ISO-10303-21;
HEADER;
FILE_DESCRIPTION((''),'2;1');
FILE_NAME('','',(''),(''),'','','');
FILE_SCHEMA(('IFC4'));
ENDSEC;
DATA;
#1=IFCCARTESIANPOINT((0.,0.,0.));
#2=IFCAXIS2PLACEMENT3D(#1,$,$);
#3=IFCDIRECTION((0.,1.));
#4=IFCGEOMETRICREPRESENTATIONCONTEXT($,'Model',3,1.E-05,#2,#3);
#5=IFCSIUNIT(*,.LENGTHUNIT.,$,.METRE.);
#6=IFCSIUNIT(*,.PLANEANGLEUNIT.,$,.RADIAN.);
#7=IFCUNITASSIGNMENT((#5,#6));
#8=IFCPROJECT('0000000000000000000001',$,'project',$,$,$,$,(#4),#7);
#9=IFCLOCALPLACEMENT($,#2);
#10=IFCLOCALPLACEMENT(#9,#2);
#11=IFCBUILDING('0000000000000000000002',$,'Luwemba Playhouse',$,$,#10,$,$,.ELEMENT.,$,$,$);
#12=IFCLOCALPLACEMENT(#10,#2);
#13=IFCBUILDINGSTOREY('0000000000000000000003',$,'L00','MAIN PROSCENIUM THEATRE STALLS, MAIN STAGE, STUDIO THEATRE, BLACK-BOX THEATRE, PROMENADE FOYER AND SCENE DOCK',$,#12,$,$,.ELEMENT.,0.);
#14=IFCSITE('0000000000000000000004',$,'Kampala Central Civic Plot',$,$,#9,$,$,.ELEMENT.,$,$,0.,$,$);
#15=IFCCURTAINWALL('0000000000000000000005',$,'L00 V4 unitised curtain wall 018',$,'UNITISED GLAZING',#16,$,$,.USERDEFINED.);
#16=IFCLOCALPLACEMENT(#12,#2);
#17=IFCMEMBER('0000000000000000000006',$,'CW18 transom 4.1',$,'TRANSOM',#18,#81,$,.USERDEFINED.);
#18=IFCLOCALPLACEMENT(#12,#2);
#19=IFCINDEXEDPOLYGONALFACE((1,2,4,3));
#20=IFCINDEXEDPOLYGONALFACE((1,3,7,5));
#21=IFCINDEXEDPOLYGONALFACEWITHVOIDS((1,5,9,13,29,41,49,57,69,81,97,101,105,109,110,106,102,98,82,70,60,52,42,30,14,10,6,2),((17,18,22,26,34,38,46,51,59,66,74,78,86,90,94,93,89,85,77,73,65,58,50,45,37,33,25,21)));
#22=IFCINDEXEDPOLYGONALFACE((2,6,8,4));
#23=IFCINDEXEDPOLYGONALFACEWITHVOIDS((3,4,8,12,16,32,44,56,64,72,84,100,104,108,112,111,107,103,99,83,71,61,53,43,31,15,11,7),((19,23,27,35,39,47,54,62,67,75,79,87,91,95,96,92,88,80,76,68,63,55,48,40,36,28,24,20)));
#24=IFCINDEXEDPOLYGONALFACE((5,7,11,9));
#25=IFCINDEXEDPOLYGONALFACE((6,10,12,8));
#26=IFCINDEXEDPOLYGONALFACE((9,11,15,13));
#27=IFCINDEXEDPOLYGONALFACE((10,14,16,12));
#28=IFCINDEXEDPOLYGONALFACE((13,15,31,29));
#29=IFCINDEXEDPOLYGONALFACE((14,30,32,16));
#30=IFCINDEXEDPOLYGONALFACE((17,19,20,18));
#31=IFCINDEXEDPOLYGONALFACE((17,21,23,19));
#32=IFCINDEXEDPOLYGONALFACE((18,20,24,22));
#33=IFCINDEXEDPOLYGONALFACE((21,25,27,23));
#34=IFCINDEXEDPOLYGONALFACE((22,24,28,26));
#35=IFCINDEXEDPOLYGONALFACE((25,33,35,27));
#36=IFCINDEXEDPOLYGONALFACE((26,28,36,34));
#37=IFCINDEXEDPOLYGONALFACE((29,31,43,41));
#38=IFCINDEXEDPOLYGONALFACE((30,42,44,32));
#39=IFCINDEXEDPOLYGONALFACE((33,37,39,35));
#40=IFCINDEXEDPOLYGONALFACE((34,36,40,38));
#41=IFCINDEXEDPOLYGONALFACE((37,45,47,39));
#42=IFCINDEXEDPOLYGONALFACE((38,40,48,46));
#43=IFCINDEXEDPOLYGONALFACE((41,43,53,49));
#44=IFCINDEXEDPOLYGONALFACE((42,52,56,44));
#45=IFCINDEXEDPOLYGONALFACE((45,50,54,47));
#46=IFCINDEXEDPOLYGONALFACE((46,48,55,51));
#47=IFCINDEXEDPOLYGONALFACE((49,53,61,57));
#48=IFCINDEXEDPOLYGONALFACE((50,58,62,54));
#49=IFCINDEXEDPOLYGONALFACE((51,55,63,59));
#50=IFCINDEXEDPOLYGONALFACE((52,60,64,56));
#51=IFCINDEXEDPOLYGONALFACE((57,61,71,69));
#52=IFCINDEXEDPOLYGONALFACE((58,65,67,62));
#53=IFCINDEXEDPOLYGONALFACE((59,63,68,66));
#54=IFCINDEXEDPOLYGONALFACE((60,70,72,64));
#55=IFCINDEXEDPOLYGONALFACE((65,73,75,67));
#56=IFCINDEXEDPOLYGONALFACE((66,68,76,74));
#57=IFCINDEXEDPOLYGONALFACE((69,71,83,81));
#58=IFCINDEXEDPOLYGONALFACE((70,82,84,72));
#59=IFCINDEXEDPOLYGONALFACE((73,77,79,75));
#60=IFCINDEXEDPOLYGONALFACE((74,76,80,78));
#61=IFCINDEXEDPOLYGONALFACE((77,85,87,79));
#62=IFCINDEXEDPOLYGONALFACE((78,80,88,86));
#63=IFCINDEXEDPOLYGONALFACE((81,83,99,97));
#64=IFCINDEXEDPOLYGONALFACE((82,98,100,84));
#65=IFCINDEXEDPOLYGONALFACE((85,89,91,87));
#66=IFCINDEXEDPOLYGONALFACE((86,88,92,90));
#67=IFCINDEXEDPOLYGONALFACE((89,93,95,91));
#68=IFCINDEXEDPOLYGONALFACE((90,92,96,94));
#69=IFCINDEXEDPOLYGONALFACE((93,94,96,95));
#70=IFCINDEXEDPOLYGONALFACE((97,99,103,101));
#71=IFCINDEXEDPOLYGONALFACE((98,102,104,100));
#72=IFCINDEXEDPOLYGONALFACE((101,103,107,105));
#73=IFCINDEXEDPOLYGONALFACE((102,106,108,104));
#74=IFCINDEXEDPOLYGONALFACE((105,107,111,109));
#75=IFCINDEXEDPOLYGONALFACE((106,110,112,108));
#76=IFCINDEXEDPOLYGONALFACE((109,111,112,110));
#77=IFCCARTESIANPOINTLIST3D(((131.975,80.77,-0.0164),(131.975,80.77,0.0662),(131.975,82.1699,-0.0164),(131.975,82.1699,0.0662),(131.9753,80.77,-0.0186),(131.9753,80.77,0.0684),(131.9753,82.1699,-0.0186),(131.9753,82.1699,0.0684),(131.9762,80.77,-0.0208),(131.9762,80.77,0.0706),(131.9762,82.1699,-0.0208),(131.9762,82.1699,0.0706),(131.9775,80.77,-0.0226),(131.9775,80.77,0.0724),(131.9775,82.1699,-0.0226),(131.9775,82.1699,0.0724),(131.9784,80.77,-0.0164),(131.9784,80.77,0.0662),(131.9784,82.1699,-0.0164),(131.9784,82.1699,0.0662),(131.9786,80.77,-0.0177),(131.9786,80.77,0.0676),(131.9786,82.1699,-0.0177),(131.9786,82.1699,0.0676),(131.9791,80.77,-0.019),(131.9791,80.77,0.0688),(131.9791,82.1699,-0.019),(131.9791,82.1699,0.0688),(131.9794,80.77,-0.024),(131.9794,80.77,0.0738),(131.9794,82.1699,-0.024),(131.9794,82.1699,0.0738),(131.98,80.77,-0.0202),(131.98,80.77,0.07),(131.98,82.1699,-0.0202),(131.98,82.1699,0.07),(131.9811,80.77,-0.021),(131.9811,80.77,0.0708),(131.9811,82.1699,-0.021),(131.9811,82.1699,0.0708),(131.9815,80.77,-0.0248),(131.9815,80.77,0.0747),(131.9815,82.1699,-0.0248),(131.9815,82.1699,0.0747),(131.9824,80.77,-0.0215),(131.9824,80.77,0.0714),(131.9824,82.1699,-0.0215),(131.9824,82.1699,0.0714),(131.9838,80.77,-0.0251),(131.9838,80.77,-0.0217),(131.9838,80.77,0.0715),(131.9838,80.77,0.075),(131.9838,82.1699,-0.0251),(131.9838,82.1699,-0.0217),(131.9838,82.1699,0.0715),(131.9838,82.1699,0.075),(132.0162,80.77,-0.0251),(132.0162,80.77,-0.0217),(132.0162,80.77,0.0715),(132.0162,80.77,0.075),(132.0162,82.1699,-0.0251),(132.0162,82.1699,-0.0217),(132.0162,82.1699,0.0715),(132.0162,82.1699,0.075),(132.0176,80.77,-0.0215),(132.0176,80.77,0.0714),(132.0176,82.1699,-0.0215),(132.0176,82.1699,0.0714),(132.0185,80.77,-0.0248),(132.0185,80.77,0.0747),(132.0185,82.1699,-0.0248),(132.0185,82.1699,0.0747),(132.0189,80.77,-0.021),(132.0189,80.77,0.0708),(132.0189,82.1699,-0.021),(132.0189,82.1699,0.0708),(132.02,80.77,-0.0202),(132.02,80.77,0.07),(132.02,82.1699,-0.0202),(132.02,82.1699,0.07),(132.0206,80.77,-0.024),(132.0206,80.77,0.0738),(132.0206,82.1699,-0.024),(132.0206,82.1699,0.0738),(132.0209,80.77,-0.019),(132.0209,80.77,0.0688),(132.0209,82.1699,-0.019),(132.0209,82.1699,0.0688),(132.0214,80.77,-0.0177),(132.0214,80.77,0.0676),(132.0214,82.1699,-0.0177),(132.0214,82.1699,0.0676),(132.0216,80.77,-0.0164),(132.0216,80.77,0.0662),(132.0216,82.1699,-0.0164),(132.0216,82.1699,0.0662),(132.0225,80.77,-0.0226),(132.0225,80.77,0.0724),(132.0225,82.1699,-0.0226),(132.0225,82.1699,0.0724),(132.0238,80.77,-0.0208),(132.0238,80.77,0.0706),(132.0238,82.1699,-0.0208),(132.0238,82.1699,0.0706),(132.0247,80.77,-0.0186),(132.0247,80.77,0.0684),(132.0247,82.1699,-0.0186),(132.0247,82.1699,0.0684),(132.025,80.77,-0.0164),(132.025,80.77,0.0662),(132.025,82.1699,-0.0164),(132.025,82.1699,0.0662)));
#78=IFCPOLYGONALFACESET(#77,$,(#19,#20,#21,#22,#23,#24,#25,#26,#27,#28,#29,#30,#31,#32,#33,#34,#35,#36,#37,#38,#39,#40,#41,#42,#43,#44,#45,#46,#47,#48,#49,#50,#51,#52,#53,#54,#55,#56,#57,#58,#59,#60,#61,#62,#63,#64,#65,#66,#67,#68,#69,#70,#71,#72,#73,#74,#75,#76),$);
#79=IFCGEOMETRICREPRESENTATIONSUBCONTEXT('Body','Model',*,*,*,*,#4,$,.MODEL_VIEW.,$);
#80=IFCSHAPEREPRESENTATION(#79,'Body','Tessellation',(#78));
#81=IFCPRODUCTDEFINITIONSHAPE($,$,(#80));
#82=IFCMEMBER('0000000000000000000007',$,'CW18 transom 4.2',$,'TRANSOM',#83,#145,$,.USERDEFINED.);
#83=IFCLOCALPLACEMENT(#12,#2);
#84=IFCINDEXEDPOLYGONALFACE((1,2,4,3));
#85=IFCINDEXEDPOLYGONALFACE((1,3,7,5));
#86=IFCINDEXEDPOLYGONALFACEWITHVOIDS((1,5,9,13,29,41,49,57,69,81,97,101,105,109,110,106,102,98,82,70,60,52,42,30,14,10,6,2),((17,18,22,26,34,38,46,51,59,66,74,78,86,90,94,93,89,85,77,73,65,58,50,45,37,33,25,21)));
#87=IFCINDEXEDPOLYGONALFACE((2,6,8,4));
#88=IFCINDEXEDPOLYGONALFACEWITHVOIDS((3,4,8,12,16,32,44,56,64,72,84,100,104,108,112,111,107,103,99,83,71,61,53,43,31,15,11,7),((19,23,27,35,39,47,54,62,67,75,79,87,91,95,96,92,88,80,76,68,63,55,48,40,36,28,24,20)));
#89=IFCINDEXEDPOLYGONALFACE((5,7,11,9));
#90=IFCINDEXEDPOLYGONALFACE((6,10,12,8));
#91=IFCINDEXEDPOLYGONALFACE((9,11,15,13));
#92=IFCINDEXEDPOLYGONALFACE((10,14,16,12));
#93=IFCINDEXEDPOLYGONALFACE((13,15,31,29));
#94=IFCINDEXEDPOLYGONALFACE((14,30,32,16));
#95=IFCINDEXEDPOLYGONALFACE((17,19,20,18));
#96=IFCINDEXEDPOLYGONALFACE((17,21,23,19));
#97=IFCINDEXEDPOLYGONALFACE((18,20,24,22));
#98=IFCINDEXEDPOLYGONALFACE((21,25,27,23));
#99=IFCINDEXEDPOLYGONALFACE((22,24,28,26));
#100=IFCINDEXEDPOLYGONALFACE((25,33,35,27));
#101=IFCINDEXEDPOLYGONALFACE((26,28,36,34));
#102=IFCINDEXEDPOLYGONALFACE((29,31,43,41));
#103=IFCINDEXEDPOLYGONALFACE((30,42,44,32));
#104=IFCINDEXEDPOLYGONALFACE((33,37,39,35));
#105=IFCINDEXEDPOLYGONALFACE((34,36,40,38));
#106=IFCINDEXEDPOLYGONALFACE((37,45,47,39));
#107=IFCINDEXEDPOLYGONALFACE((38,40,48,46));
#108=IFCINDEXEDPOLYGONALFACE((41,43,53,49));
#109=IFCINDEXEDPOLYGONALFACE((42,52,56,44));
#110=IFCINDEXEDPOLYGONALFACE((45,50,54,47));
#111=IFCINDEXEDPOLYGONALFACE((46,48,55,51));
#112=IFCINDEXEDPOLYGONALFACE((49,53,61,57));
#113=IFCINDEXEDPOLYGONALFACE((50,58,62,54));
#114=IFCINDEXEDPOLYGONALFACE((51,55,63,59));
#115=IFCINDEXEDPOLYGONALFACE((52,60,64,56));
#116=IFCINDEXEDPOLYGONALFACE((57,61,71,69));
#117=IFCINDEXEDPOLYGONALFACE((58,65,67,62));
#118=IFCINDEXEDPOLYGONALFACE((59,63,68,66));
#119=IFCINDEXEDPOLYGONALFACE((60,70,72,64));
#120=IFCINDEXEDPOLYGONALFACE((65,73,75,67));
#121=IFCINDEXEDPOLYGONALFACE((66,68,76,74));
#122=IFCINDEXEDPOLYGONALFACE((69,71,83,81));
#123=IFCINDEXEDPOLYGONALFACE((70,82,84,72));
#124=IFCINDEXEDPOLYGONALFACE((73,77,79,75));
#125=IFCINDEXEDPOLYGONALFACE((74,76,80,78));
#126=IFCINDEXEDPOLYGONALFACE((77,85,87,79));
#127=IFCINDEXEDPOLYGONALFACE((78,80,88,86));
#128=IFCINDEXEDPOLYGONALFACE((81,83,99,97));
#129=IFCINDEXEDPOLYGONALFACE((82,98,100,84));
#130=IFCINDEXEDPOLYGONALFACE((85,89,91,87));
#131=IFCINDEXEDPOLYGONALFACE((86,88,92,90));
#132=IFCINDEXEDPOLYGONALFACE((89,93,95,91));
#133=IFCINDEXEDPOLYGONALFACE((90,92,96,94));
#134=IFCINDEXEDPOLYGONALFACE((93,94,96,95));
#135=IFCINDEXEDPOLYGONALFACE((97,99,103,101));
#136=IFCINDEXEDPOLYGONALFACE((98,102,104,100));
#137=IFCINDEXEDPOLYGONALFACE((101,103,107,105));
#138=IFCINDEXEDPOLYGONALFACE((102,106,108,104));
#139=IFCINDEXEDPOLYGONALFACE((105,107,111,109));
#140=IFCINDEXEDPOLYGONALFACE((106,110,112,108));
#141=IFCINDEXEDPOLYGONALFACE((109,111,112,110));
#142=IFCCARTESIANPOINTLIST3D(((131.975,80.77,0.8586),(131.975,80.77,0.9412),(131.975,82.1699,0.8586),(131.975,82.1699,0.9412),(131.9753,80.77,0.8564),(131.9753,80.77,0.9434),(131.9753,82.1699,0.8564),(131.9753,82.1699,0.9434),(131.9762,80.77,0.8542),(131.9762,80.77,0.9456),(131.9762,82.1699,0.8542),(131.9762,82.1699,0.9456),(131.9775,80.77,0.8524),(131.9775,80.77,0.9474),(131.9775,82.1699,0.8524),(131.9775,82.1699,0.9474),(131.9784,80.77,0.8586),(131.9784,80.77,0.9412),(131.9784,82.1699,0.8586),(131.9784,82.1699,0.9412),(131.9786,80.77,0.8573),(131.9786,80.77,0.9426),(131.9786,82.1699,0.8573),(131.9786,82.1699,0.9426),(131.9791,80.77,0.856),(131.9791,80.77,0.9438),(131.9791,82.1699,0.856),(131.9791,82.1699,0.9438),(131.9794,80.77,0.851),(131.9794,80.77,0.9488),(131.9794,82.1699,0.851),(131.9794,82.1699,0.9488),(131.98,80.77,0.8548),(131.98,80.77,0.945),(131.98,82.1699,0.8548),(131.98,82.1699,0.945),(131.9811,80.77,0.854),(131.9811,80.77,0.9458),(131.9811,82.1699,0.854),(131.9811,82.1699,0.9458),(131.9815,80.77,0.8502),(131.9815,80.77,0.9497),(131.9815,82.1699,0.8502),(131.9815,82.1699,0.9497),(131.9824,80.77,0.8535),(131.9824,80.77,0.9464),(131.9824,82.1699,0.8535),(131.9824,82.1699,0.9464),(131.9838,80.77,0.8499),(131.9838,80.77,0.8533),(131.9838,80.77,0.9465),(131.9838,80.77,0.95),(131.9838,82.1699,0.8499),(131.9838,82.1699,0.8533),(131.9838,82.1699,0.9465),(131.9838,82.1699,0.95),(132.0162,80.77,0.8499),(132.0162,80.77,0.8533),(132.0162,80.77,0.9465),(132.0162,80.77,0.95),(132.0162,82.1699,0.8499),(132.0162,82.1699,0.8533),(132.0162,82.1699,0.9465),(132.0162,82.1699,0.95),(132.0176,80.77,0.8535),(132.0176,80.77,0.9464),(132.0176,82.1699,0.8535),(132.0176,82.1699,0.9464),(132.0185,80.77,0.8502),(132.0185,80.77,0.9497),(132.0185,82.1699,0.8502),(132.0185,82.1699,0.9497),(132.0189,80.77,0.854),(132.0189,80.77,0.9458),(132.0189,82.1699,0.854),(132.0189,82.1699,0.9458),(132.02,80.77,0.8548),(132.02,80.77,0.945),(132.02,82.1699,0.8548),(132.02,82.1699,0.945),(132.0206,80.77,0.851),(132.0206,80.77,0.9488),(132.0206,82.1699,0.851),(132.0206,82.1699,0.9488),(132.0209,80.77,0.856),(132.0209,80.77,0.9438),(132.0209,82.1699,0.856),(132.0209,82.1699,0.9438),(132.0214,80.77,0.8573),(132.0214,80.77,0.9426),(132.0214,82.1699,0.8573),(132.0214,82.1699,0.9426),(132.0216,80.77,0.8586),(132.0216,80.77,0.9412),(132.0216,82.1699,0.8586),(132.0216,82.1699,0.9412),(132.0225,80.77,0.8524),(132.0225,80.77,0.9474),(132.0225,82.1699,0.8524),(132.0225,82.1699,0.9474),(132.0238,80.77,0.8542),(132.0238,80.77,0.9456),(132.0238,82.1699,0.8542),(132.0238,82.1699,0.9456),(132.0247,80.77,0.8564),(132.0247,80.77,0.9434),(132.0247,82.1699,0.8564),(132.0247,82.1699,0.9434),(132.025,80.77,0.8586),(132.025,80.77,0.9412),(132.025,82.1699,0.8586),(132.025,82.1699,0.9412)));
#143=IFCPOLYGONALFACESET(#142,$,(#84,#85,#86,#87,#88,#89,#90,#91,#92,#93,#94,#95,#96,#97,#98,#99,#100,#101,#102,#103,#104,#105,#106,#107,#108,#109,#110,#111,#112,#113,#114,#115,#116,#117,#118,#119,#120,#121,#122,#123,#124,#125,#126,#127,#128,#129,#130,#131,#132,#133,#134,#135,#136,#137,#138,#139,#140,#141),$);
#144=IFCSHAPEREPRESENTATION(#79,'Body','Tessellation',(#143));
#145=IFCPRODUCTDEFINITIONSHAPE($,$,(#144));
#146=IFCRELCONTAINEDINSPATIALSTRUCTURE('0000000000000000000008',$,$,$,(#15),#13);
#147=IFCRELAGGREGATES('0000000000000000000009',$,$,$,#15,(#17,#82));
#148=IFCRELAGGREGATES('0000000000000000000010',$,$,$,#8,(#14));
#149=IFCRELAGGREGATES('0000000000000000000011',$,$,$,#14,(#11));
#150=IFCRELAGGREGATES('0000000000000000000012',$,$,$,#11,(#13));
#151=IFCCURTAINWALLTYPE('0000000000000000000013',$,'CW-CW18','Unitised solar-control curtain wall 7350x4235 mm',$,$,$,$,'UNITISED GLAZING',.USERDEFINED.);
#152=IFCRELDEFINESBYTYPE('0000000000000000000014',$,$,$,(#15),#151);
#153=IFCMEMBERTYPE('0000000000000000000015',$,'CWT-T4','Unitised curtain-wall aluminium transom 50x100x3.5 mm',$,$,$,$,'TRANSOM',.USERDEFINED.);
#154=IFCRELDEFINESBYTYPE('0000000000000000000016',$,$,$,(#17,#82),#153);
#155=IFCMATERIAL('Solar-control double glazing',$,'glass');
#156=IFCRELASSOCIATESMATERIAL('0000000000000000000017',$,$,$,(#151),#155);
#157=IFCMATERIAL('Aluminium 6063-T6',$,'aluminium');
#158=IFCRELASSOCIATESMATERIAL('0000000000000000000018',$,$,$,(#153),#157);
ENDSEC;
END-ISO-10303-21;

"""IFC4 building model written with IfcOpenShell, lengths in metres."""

from ifc_helpers import new_model, si_unit, direction, frame, origin, origin_2d, place, context, subcontext, project, spatial, hollow_rectangle, extrude, material, material_profile, profile_set, type_object, element, aggregate, save


model = new_model("IFC4")

# Units and contexts
model_context = context("Model", 3, precision=1e-05, world=origin(), true_north=direction((0.0, 1.0)))
body_context = subcontext(model_context, "Body", "Model", "MODEL_VIEW")
ifc_project = project(units=[si_unit("LENGTHUNIT", "METRE"), si_unit("PLANEANGLEUNIT", "RADIAN")], contexts=[model_context])

# Site, building, storey
site_placement = place(None, origin())
site = spatial("IfcSite", under=ifc_project, at=site_placement, Name="Kampala Central Civic Plot", CompositionType="ELEMENT", RefElevation=0.0)
building_placement = place(site_placement, origin())
building = spatial("IfcBuilding", under=site, at=building_placement, Name="Luwemba Playhouse", CompositionType="ELEMENT")
storey_placement = place(building_placement, origin())
storey = spatial("IfcBuildingStorey", under=building, at=storey_placement, Name="L00", Description="MAIN PROSCENIUM THEATRE STALLS, MAIN STAGE, STUDIO THEATRE, BLACK-BOX THEATRE, PROMENADE FOYER AND SCENE DOCK", CompositionType="ELEMENT", Elevation=0.0)

# Curtain wall, members
ifc_material_1 = material(Name="Solar-control double glazing", Category="glass")
curtain_wall_type = type_object("IfcCurtainWallType", Name="CW-CW18", Description="Unitised solar-control curtain wall 7350x4235 mm", ElementType="UNITISED GLAZING", PredefinedType="USERDEFINED", material=ifc_material_1)
curtain_wall_placement = place(storey_placement, origin())
curtain_wall = element("IfcCurtainWall", 1, at=curtain_wall_placement, inside=storey, type_object=curtain_wall_type, Name="L00 V4 unitised curtain wall 018", ObjectType="UNITISED GLAZING", PredefinedType="USERDEFINED")
ifc_material_2 = material(Name="Aluminium 6063-T6", Category="aluminium")
ifc_material_profile_1 = material_profile(ifc_material_2, hollow_rectangle(XDim=0.05, YDim=0.1001, WallThickness=0.0034, InnerFilletRadius=0.0054, OuterFilletRadius=0.0088, at=origin_2d()))
ifc_profile_set_1 = profile_set([ifc_material_profile_1], Name="Aluminium 6063-T6")
member_type_1 = type_object("IfcMemberType", Name="CWT-T4", Description="Unitised curtain-wall aluminium transom 50x100x3.5 mm", ElementType="TRANSOM", PredefinedType="USERDEFINED", material=ifc_profile_set_1)
member_1_placement = place(storey_placement, frame((132.0, 80.77, 0.0249), z_axis=(0.0, 1.0, 0.0), x_axis=(-1.0, 0.0, 0.0)))
member_1 = element("IfcMember", 2, at=member_1_placement, type_object=member_type_1, Name="CW18 transom 4.1", ObjectType="TRANSOM", PredefinedType="USERDEFINED", context=body_context, shape_type="SweptSolid", body=[
    extrude(hollow_rectangle(XDim=0.05, YDim=0.1001, WallThickness=0.0034, InnerFilletRadius=0.0054, OuterFilletRadius=0.0088, at=origin_2d()), origin(), (0.0, 0.0, 1.0), 1.3999),
])
member_2_placement = place(storey_placement, frame((132.0, 80.77, 0.8999), z_axis=(0.0, 1.0, 0.0), x_axis=(-1.0, 0.0, 0.0)))
member_2 = element("IfcMember", 3, at=member_2_placement, type_object=member_type_1, Name="CW18 transom 4.2", ObjectType="TRANSOM", PredefinedType="USERDEFINED", context=body_context, shape_type="SweptSolid", body=[
    extrude(hollow_rectangle(XDim=0.05, YDim=0.1001, WallThickness=0.0034, InnerFilletRadius=0.0054, OuterFilletRadius=0.0088, at=origin_2d()), origin(), (0.0, 0.0, 1.0), 1.3999),
])
aggregate(curtain_wall, [member_1, member_2])

save(model, "model.ifc")
